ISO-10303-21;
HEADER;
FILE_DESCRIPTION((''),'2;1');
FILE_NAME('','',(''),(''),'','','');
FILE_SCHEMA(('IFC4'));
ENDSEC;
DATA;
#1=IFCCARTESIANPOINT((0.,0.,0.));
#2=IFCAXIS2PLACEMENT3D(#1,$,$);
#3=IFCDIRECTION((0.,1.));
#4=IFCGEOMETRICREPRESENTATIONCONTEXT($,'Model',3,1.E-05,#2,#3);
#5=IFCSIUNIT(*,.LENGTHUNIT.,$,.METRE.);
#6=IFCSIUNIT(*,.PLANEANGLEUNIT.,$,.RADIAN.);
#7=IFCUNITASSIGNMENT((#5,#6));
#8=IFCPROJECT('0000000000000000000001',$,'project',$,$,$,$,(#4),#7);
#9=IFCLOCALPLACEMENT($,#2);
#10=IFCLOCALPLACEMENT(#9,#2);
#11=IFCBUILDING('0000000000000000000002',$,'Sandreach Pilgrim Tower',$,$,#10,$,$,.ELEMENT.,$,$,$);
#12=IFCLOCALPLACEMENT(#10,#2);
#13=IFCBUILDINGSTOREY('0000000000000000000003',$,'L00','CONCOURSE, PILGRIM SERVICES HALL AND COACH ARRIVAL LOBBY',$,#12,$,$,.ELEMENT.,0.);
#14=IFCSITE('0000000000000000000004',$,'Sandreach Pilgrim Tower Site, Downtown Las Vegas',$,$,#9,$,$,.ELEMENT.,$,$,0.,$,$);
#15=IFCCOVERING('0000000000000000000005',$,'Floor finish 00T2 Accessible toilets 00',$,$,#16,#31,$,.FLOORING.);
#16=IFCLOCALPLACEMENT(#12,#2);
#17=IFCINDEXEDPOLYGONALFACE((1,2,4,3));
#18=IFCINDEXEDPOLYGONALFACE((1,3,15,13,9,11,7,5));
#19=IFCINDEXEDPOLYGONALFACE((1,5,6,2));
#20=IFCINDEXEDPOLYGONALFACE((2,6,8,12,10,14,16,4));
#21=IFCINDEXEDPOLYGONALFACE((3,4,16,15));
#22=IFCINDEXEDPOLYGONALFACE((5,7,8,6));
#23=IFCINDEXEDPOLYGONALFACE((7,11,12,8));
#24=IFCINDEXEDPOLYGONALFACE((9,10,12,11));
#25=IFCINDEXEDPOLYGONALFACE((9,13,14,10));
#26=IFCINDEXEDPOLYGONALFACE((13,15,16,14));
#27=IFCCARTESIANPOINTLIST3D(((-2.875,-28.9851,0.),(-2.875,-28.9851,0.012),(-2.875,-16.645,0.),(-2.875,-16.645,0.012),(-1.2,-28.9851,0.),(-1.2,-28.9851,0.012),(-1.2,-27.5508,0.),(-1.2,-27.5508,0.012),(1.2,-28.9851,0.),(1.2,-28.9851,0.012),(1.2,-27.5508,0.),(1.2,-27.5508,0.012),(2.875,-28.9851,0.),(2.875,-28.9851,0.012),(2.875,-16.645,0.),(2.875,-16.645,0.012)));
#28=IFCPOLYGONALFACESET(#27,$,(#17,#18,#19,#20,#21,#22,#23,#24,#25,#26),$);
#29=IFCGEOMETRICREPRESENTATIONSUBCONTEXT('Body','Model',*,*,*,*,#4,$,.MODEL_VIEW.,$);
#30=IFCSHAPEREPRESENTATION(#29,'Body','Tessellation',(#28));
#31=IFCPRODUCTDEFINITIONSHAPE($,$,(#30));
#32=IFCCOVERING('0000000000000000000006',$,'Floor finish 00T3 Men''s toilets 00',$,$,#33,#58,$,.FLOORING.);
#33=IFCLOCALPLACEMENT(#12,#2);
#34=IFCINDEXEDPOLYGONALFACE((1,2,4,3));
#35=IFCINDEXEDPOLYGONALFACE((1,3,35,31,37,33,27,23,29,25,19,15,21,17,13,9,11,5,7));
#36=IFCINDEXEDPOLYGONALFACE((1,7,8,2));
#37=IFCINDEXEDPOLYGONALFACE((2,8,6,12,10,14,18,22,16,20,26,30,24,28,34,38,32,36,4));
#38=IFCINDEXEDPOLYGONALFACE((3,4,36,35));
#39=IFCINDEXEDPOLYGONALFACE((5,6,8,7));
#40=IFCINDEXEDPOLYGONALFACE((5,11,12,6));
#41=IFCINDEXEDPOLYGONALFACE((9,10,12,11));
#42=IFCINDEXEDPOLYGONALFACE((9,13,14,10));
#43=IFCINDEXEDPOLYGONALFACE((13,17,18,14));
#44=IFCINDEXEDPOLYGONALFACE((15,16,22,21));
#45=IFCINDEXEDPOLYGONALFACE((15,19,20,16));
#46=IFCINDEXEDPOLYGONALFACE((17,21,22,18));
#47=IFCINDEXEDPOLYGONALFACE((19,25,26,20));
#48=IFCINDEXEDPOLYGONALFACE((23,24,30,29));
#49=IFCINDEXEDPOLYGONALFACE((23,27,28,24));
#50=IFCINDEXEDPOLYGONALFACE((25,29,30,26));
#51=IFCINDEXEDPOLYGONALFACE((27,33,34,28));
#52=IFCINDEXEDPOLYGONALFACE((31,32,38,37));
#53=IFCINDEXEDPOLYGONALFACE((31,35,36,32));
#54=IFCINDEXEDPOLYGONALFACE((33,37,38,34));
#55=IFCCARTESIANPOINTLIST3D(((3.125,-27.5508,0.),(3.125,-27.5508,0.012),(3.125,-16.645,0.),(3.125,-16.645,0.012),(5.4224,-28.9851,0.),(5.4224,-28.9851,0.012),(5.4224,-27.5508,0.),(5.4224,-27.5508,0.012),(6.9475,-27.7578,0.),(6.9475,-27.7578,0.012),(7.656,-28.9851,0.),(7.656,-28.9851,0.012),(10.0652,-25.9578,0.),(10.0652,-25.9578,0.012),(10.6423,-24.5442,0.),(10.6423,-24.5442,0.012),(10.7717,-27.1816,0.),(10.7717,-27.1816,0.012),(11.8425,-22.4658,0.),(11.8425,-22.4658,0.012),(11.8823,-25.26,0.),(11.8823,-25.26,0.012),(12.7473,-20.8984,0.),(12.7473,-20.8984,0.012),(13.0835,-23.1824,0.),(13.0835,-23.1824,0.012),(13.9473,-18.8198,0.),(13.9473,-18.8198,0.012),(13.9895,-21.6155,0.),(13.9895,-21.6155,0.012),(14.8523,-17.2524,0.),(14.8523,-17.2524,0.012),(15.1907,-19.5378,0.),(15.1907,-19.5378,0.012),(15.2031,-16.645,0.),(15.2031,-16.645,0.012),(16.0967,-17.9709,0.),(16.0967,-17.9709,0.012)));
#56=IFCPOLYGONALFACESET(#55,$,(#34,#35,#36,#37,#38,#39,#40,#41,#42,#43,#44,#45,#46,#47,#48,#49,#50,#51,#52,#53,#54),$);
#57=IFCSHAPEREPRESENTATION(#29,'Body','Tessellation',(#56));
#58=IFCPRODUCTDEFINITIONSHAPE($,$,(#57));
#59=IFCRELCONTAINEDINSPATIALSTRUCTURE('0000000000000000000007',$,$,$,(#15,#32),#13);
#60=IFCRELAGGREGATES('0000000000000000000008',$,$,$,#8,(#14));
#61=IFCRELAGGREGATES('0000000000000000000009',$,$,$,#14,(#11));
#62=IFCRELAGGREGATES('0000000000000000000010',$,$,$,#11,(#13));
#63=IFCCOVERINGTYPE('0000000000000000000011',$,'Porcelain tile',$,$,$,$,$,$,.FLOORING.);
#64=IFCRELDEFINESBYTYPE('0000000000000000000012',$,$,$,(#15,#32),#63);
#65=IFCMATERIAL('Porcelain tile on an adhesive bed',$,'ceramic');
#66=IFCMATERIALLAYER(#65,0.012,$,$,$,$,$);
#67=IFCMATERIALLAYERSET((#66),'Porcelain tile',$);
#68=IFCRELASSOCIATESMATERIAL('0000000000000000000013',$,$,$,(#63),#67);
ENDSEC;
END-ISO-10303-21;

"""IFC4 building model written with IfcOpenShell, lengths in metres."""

from ifc_helpers import new_model, si_unit, direction, origin, place, context, subcontext, project, spatial, polyline, outline, extrude, material, layer, layer_set, type_object, element, save


model = new_model("IFC4")

# Units and contexts
model_context = context("Model", 3, precision=1e-05, world=origin(), true_north=direction((0.0, 1.0)))
body_context = subcontext(model_context, "Body", "Model", "MODEL_VIEW")
ifc_project = project(units=[si_unit("LENGTHUNIT", "METRE"), si_unit("PLANEANGLEUNIT", "RADIAN")], contexts=[model_context])

# Site, building, storey
site_placement = place(None, origin())
site = spatial("IfcSite", under=ifc_project, at=site_placement, Name="Sandreach Pilgrim Tower Site, Downtown Las Vegas", CompositionType="ELEMENT", RefElevation=0.0)
building_placement = place(site_placement, origin())
building = spatial("IfcBuilding", under=site, at=building_placement, Name="Sandreach Pilgrim Tower", CompositionType="ELEMENT")
storey_placement = place(building_placement, origin())
storey = spatial("IfcBuildingStorey", under=building, at=storey_placement, Name="L00", Description="CONCOURSE, PILGRIM SERVICES HALL AND COACH ARRIVAL LOBBY", CompositionType="ELEMENT", Elevation=0.0)

# Coverings
ifc_material_1 = material(Name="Porcelain tile on an adhesive bed", Category="ceramic")
ifc_layer_1 = layer(ifc_material_1, 0.012)
ifc_layer_set_1 = layer_set([ifc_layer_1], Name="Porcelain tile")
covering_type_1 = type_object("IfcCoveringType", Name="Porcelain tile", PredefinedType="FLOORING", material=ifc_layer_set_1)
covering_1_placement = place(storey_placement, origin())
element("IfcCovering", 1, at=covering_1_placement, inside=storey, type_object=covering_type_1, Name="Floor finish 00T2 Accessible toilets 00", PredefinedType="FLOORING", context=body_context, shape_type="SweptSolid", body=[
    extrude(outline(polyline([(2.875, -28.9851), (1.2, -28.9851), (1.2, -27.5508), (-1.2, -27.5508), (-1.2, -28.9851), (-2.875, -28.9851), (-2.875, -16.645), (2.875, -16.645), (2.875, -28.9851)])), origin(), (0.0, 0.0, 1.0), 0.012),
])
covering_2_placement = place(storey_placement, origin())
element("IfcCovering", 2, at=covering_2_placement, inside=storey, type_object=covering_type_1, Name="Floor finish 00T3 Men's toilets 00", PredefinedType="FLOORING", context=body_context, shape_type="SweptSolid", body=[
    extrude(outline(polyline([(3.125, -16.645), (15.2031, -16.645), (14.8523, -17.2524), (16.0967, -17.9709), (15.1907, -19.5378), (13.9473, -18.8198), (12.7473, -20.8984), (13.9895, -21.6155), (13.0835, -23.1824), (11.8425, -22.4658), (10.6423, -24.5442), (11.8823, -25.26), (10.7717, -27.1816), (10.0652, -25.9578), (6.9475, -27.7578), (7.656, -28.9851), (5.4224, -28.9851), (5.4224, -27.5508), (3.125, -27.5508), (3.125, -16.645)])), origin(), (0.0, 0.0, 1.0), 0.012),
])

save(model, "model.ifc")
